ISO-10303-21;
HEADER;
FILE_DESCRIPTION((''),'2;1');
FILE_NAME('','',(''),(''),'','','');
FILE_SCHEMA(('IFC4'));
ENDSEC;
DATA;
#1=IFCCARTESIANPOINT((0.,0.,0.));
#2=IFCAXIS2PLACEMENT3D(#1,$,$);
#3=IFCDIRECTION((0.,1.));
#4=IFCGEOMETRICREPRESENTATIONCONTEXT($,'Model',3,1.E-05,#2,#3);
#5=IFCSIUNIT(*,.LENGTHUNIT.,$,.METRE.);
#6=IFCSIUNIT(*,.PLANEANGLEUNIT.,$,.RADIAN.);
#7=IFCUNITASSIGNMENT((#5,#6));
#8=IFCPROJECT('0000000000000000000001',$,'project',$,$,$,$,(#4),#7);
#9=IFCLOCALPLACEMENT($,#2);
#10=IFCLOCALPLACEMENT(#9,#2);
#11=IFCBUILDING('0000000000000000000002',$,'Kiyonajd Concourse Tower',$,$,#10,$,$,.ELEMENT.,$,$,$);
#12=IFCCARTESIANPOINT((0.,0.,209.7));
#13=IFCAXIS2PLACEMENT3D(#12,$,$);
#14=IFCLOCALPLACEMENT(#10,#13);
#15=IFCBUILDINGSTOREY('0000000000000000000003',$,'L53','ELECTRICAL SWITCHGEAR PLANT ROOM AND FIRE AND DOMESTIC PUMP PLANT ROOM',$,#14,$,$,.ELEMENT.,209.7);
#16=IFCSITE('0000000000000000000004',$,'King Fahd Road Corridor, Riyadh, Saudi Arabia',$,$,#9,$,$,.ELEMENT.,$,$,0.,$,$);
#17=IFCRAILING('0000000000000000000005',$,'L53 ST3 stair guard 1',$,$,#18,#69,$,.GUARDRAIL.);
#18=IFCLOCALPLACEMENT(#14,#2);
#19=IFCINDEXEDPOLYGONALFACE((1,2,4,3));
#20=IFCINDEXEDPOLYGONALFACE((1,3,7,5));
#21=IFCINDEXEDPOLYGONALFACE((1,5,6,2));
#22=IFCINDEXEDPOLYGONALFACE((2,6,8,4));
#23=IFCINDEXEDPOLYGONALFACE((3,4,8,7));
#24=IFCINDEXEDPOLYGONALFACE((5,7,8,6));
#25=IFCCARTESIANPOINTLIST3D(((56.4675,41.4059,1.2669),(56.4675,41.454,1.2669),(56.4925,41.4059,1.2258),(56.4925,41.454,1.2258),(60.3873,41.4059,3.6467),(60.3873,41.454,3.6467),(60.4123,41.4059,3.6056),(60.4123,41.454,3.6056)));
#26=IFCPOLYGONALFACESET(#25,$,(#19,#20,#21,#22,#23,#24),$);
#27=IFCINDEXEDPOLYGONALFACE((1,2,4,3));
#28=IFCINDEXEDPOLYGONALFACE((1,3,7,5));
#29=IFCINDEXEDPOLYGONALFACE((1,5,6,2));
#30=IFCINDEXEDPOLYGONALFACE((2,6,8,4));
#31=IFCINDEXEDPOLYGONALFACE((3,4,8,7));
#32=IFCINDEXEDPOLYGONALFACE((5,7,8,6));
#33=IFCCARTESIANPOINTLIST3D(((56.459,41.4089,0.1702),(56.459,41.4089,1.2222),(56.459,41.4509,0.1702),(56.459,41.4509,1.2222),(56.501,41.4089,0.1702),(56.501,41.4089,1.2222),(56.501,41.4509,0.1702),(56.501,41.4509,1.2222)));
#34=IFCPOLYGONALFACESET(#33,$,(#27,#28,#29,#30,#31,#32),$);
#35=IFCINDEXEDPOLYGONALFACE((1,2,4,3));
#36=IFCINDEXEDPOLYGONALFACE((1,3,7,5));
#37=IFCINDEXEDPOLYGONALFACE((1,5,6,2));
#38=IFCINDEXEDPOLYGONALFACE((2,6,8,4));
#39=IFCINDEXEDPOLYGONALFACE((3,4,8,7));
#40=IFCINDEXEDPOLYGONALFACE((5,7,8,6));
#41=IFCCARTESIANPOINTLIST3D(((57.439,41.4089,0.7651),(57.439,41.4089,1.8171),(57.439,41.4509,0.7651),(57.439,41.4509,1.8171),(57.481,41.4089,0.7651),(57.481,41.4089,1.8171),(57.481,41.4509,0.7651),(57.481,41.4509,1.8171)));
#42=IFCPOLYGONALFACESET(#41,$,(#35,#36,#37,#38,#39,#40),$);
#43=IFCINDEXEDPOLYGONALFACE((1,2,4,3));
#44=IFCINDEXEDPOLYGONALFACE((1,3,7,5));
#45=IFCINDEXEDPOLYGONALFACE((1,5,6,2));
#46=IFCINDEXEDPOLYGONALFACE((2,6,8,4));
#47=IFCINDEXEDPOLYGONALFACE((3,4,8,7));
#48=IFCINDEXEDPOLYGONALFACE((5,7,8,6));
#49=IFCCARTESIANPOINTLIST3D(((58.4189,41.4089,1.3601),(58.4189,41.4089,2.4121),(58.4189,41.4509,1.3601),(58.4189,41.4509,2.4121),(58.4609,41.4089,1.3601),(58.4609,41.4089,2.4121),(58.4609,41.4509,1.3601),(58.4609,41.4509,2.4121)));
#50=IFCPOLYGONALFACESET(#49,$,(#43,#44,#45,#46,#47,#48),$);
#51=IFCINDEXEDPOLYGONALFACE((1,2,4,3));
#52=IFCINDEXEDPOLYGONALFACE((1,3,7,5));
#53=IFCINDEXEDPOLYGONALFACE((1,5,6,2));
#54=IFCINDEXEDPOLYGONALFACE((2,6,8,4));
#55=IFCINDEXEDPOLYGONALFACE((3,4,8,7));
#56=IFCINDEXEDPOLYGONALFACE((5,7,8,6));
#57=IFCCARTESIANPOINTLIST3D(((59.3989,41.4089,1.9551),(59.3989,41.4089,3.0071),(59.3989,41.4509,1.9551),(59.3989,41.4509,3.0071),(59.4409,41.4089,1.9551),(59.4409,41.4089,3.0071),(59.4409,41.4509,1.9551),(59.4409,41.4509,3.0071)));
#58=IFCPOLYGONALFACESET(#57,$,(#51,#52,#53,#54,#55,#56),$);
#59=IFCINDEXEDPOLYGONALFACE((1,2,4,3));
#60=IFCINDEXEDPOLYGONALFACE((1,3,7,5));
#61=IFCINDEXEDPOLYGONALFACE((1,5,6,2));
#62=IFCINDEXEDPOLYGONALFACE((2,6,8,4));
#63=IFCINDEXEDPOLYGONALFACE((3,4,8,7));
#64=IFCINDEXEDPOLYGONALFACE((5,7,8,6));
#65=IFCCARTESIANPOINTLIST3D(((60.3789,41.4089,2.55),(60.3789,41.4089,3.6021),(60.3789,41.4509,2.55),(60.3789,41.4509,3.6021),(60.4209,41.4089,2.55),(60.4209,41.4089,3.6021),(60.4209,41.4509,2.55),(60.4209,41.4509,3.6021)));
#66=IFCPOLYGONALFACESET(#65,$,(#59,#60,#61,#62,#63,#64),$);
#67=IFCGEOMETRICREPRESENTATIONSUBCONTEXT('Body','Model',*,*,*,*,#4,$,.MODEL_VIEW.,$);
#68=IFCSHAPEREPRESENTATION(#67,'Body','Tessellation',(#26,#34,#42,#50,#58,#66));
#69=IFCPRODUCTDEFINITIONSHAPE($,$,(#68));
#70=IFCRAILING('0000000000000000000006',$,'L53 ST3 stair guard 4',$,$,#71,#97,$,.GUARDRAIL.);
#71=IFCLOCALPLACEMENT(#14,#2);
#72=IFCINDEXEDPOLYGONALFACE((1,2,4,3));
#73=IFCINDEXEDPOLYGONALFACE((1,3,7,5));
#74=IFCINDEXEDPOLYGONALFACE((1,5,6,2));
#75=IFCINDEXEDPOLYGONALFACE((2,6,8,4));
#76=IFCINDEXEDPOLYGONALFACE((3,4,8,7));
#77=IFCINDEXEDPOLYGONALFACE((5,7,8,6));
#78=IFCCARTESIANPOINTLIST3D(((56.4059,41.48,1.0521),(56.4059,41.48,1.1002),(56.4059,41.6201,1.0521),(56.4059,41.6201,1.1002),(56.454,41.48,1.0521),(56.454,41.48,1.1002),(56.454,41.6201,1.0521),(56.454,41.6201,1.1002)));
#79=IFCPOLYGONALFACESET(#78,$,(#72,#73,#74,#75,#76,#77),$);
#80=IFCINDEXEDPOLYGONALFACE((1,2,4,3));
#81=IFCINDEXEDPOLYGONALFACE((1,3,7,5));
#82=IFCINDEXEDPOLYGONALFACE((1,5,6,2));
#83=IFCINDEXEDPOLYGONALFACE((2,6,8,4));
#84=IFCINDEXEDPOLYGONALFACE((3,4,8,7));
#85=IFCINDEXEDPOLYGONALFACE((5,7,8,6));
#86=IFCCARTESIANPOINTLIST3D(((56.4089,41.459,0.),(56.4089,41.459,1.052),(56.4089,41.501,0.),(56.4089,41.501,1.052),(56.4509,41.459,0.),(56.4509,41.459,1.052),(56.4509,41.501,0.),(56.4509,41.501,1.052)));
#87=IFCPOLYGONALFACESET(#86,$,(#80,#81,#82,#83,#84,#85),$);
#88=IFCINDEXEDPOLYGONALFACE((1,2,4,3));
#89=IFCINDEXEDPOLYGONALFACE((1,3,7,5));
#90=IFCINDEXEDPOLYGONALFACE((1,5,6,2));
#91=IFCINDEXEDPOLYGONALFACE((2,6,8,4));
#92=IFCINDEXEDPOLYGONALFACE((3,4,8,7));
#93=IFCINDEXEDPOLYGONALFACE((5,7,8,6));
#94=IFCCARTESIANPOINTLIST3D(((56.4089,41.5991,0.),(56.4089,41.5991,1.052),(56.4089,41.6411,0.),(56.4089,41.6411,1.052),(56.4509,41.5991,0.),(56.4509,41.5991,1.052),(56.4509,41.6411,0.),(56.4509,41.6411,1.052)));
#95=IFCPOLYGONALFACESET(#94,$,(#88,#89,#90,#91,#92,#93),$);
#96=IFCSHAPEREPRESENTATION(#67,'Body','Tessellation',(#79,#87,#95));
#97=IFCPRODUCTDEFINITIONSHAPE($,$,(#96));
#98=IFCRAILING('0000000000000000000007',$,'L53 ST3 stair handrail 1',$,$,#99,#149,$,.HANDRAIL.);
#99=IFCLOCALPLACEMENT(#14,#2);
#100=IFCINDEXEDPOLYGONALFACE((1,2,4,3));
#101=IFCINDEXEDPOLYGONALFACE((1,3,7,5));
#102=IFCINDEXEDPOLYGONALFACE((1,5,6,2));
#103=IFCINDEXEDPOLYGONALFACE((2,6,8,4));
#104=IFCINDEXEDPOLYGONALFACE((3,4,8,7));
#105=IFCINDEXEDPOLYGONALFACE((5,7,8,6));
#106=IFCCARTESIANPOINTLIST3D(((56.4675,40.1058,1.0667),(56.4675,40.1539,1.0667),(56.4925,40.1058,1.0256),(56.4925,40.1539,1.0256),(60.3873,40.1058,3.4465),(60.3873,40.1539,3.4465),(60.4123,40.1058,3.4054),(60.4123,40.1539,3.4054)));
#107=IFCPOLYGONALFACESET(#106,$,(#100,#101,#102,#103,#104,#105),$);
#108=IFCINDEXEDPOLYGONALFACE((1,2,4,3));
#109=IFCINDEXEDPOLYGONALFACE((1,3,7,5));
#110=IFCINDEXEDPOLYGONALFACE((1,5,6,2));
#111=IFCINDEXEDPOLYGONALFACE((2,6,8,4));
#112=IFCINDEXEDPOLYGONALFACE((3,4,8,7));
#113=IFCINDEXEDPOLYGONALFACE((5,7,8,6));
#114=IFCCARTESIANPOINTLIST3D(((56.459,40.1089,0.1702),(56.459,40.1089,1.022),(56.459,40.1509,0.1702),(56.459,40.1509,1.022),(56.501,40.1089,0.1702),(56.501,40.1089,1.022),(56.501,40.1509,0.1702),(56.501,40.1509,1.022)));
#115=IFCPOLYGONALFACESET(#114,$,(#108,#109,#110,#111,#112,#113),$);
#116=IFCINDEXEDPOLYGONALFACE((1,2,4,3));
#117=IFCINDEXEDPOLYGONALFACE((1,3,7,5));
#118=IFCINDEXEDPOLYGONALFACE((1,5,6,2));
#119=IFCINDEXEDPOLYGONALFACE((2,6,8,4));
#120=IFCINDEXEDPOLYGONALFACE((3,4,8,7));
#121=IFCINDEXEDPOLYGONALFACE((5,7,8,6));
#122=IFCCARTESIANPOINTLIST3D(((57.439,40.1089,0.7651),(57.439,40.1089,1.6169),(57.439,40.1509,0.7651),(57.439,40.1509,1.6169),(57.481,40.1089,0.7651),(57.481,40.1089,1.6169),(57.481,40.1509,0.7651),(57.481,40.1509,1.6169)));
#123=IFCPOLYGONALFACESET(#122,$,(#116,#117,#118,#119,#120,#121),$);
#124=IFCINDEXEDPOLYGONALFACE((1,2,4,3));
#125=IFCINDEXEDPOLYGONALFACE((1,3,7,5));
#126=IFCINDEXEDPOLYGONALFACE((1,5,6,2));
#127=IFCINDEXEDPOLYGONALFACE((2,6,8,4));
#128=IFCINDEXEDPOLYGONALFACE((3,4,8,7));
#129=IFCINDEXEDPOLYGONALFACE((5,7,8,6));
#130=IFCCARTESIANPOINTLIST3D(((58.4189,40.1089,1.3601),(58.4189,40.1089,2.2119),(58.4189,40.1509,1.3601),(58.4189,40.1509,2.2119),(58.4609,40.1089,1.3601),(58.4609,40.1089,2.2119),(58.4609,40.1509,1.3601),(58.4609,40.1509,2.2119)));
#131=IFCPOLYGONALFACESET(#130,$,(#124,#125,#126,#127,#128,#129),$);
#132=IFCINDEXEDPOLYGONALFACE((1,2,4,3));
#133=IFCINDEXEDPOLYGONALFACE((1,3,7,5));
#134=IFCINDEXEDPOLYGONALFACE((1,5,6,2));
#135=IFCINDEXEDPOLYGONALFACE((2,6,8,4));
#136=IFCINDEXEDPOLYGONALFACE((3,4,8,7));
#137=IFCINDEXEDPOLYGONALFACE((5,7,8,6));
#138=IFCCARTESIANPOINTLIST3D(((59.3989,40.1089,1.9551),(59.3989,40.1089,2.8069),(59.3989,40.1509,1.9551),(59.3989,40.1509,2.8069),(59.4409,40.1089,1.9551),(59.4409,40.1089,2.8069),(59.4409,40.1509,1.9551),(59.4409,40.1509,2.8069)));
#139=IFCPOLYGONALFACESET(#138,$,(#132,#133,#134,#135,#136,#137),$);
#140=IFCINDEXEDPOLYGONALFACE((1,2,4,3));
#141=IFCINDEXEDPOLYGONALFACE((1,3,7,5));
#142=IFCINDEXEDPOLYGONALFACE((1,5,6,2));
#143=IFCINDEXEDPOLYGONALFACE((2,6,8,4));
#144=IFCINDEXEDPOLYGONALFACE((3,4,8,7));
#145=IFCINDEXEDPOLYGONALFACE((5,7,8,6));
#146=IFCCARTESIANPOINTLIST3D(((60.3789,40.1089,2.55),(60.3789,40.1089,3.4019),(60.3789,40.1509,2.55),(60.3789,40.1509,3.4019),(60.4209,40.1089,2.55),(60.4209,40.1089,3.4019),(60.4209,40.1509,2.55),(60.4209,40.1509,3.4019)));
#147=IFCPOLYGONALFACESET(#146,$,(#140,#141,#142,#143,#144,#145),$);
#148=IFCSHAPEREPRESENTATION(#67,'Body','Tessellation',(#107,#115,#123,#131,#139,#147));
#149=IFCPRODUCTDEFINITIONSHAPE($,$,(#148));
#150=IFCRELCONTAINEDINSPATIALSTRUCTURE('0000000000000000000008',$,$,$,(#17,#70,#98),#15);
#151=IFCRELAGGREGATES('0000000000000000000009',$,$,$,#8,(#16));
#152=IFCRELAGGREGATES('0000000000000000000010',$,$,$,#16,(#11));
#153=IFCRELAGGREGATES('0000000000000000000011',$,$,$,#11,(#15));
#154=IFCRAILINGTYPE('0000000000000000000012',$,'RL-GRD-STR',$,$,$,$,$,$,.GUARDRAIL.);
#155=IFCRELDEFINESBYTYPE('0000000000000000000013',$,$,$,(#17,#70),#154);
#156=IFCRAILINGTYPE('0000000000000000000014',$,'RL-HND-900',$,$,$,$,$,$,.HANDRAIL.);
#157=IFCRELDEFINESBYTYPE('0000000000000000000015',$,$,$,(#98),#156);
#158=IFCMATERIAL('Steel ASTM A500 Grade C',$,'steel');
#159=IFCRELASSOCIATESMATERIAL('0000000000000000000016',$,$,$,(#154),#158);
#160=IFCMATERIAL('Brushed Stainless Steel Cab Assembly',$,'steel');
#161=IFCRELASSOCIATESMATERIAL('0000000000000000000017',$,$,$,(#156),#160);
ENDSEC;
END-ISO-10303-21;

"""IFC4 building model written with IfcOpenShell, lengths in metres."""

from ifc_helpers import new_model, si_unit, direction, frame, origin, origin_2d, place, context, subcontext, project, spatial, rectangle, extrude, material, type_object, element, save


model = new_model("IFC4")

# Units and contexts
model_context = context("Model", 3, precision=1e-05, world=origin(), true_north=direction((0.0, 1.0)))
body_context = subcontext(model_context, "Body", "Model", "MODEL_VIEW")
ifc_project = project(units=[si_unit("LENGTHUNIT", "METRE"), si_unit("PLANEANGLEUNIT", "RADIAN")], contexts=[model_context])

# Site, building, storey
site_placement = place(None, origin())
site = spatial("IfcSite", under=ifc_project, at=site_placement, Name="King Fahd Road Corridor, Riyadh, Saudi Arabia", CompositionType="ELEMENT", RefElevation=0.0)
building_placement = place(site_placement, origin())
building = spatial("IfcBuilding", under=site, at=building_placement, Name="Kiyonajd Concourse Tower", CompositionType="ELEMENT")
storey_placement = place(building_placement, frame((0.0, 0.0, 209.7)))
storey = spatial("IfcBuildingStorey", under=building, at=storey_placement, Name="L53", Description="ELECTRICAL SWITCHGEAR PLANT ROOM AND FIRE AND DOMESTIC PUMP PLANT ROOM", CompositionType="ELEMENT", Elevation=209.7)

# Shared definitions
ifc_material_1 = material(Name="Brushed Stainless Steel Cab Assembly", Category="steel")

# Railings
ifc_material_2 = material(Name="Steel ASTM A500 Grade C", Category="steel")
railing_type_1 = type_object("IfcRailingType", Name="RL-GRD-STR", PredefinedType="GUARDRAIL", material=ifc_material_2)
railing_1_placement = place(storey_placement, frame((56.48, 41.4299, 0.1702)))
element("IfcRailing", 1, at=railing_1_placement, inside=storey, type_object=railing_type_1, Name="L53 ST3 stair guard 1", PredefinedType="GUARDRAIL", context=body_context, shape_type="SweptSolid", body=[
    extrude(rectangle(XDim=0.0481, YDim=0.0481, at=origin_2d()), frame((0.0, 0.0, 1.0762), z_axis=(0.854794, 0.0, 0.518967), x_axis=(0.0, 1.0, 0.0)), (0.0, 0.0, 1.0), 4.5857),
    extrude(rectangle(XDim=0.042, YDim=0.042, at=origin_2d()), origin(), (0.0, 0.0, 1.0), 1.052),
    extrude(rectangle(XDim=0.042, YDim=0.042, at=origin_2d()), frame((0.98, 0.0, 0.595)), (0.0, 0.0, 1.0), 1.052),
    extrude(rectangle(XDim=0.042, YDim=0.042, at=origin_2d()), frame((1.96, 0.0, 1.1899)), (0.0, 0.0, 1.0), 1.052),
    extrude(rectangle(XDim=0.042, YDim=0.042, at=origin_2d()), frame((2.9399, 0.0, 1.7849)), (0.0, 0.0, 1.0), 1.052),
    extrude(rectangle(XDim=0.042, YDim=0.042, at=origin_2d()), frame((3.9199, 0.0, 2.3799)), (0.0, 0.0, 1.0), 1.052),
])
railing_2_placement = place(storey_placement, frame((56.4299, 41.48, 0.0)))
element("IfcRailing", 2, at=railing_2_placement, inside=storey, type_object=railing_type_1, Name="L53 ST3 stair guard 4", PredefinedType="GUARDRAIL", context=body_context, shape_type="SweptSolid", body=[
    extrude(rectangle(XDim=0.0481, YDim=0.0481, at=origin_2d()), frame((0.0, 0.0, 1.0762), z_axis=(0.0, 1.0, 0.0), x_axis=(-1.0, 0.0, 0.0)), (0.0, 0.0, 1.0), 0.1401),
    extrude(rectangle(XDim=0.042, YDim=0.042, at=origin_2d()), origin(), (0.0, 0.0, 1.0), 1.052),
    extrude(rectangle(XDim=0.042, YDim=0.042, at=origin_2d()), frame((0.0, 0.1401, 0.0)), (0.0, 0.0, 1.0), 1.052),
])
railing_type_2 = type_object("IfcRailingType", Name="RL-HND-900", PredefinedType="HANDRAIL", material=ifc_material_1)
railing_3_placement = place(storey_placement, frame((56.48, 40.1299, 0.1702)))
element("IfcRailing", 3, at=railing_3_placement, inside=storey, type_object=railing_type_2, Name="L53 ST3 stair handrail 1", PredefinedType="HANDRAIL", context=body_context, shape_type="SweptSolid", body=[
    extrude(rectangle(XDim=0.0481, YDim=0.0481, at=origin_2d()), frame((0.0, 0.0, 0.876), z_axis=(0.854794, 0.0, 0.518967), x_axis=(0.0, 1.0, 0.0)), (0.0, 0.0, 1.0), 4.5857),
    extrude(rectangle(XDim=0.042, YDim=0.042, at=origin_2d()), origin(), (0.0, 0.0, 1.0), 0.8518),
    extrude(rectangle(XDim=0.042, YDim=0.042, at=origin_2d()), frame((0.98, 0.0, 0.595)), (0.0, 0.0, 1.0), 0.8518),
    extrude(rectangle(XDim=0.042, YDim=0.042, at=origin_2d()), frame((1.96, 0.0, 1.1899)), (0.0, 0.0, 1.0), 0.8518),
    extrude(rectangle(XDim=0.042, YDim=0.042, at=origin_2d()), frame((2.9399, 0.0, 1.7849)), (0.0, 0.0, 1.0), 0.8518),
    extrude(rectangle(XDim=0.042, YDim=0.042, at=origin_2d()), frame((3.9199, 0.0, 2.3799)), (0.0, 0.0, 1.0), 0.8518),
])

save(model, "model.ifc")
